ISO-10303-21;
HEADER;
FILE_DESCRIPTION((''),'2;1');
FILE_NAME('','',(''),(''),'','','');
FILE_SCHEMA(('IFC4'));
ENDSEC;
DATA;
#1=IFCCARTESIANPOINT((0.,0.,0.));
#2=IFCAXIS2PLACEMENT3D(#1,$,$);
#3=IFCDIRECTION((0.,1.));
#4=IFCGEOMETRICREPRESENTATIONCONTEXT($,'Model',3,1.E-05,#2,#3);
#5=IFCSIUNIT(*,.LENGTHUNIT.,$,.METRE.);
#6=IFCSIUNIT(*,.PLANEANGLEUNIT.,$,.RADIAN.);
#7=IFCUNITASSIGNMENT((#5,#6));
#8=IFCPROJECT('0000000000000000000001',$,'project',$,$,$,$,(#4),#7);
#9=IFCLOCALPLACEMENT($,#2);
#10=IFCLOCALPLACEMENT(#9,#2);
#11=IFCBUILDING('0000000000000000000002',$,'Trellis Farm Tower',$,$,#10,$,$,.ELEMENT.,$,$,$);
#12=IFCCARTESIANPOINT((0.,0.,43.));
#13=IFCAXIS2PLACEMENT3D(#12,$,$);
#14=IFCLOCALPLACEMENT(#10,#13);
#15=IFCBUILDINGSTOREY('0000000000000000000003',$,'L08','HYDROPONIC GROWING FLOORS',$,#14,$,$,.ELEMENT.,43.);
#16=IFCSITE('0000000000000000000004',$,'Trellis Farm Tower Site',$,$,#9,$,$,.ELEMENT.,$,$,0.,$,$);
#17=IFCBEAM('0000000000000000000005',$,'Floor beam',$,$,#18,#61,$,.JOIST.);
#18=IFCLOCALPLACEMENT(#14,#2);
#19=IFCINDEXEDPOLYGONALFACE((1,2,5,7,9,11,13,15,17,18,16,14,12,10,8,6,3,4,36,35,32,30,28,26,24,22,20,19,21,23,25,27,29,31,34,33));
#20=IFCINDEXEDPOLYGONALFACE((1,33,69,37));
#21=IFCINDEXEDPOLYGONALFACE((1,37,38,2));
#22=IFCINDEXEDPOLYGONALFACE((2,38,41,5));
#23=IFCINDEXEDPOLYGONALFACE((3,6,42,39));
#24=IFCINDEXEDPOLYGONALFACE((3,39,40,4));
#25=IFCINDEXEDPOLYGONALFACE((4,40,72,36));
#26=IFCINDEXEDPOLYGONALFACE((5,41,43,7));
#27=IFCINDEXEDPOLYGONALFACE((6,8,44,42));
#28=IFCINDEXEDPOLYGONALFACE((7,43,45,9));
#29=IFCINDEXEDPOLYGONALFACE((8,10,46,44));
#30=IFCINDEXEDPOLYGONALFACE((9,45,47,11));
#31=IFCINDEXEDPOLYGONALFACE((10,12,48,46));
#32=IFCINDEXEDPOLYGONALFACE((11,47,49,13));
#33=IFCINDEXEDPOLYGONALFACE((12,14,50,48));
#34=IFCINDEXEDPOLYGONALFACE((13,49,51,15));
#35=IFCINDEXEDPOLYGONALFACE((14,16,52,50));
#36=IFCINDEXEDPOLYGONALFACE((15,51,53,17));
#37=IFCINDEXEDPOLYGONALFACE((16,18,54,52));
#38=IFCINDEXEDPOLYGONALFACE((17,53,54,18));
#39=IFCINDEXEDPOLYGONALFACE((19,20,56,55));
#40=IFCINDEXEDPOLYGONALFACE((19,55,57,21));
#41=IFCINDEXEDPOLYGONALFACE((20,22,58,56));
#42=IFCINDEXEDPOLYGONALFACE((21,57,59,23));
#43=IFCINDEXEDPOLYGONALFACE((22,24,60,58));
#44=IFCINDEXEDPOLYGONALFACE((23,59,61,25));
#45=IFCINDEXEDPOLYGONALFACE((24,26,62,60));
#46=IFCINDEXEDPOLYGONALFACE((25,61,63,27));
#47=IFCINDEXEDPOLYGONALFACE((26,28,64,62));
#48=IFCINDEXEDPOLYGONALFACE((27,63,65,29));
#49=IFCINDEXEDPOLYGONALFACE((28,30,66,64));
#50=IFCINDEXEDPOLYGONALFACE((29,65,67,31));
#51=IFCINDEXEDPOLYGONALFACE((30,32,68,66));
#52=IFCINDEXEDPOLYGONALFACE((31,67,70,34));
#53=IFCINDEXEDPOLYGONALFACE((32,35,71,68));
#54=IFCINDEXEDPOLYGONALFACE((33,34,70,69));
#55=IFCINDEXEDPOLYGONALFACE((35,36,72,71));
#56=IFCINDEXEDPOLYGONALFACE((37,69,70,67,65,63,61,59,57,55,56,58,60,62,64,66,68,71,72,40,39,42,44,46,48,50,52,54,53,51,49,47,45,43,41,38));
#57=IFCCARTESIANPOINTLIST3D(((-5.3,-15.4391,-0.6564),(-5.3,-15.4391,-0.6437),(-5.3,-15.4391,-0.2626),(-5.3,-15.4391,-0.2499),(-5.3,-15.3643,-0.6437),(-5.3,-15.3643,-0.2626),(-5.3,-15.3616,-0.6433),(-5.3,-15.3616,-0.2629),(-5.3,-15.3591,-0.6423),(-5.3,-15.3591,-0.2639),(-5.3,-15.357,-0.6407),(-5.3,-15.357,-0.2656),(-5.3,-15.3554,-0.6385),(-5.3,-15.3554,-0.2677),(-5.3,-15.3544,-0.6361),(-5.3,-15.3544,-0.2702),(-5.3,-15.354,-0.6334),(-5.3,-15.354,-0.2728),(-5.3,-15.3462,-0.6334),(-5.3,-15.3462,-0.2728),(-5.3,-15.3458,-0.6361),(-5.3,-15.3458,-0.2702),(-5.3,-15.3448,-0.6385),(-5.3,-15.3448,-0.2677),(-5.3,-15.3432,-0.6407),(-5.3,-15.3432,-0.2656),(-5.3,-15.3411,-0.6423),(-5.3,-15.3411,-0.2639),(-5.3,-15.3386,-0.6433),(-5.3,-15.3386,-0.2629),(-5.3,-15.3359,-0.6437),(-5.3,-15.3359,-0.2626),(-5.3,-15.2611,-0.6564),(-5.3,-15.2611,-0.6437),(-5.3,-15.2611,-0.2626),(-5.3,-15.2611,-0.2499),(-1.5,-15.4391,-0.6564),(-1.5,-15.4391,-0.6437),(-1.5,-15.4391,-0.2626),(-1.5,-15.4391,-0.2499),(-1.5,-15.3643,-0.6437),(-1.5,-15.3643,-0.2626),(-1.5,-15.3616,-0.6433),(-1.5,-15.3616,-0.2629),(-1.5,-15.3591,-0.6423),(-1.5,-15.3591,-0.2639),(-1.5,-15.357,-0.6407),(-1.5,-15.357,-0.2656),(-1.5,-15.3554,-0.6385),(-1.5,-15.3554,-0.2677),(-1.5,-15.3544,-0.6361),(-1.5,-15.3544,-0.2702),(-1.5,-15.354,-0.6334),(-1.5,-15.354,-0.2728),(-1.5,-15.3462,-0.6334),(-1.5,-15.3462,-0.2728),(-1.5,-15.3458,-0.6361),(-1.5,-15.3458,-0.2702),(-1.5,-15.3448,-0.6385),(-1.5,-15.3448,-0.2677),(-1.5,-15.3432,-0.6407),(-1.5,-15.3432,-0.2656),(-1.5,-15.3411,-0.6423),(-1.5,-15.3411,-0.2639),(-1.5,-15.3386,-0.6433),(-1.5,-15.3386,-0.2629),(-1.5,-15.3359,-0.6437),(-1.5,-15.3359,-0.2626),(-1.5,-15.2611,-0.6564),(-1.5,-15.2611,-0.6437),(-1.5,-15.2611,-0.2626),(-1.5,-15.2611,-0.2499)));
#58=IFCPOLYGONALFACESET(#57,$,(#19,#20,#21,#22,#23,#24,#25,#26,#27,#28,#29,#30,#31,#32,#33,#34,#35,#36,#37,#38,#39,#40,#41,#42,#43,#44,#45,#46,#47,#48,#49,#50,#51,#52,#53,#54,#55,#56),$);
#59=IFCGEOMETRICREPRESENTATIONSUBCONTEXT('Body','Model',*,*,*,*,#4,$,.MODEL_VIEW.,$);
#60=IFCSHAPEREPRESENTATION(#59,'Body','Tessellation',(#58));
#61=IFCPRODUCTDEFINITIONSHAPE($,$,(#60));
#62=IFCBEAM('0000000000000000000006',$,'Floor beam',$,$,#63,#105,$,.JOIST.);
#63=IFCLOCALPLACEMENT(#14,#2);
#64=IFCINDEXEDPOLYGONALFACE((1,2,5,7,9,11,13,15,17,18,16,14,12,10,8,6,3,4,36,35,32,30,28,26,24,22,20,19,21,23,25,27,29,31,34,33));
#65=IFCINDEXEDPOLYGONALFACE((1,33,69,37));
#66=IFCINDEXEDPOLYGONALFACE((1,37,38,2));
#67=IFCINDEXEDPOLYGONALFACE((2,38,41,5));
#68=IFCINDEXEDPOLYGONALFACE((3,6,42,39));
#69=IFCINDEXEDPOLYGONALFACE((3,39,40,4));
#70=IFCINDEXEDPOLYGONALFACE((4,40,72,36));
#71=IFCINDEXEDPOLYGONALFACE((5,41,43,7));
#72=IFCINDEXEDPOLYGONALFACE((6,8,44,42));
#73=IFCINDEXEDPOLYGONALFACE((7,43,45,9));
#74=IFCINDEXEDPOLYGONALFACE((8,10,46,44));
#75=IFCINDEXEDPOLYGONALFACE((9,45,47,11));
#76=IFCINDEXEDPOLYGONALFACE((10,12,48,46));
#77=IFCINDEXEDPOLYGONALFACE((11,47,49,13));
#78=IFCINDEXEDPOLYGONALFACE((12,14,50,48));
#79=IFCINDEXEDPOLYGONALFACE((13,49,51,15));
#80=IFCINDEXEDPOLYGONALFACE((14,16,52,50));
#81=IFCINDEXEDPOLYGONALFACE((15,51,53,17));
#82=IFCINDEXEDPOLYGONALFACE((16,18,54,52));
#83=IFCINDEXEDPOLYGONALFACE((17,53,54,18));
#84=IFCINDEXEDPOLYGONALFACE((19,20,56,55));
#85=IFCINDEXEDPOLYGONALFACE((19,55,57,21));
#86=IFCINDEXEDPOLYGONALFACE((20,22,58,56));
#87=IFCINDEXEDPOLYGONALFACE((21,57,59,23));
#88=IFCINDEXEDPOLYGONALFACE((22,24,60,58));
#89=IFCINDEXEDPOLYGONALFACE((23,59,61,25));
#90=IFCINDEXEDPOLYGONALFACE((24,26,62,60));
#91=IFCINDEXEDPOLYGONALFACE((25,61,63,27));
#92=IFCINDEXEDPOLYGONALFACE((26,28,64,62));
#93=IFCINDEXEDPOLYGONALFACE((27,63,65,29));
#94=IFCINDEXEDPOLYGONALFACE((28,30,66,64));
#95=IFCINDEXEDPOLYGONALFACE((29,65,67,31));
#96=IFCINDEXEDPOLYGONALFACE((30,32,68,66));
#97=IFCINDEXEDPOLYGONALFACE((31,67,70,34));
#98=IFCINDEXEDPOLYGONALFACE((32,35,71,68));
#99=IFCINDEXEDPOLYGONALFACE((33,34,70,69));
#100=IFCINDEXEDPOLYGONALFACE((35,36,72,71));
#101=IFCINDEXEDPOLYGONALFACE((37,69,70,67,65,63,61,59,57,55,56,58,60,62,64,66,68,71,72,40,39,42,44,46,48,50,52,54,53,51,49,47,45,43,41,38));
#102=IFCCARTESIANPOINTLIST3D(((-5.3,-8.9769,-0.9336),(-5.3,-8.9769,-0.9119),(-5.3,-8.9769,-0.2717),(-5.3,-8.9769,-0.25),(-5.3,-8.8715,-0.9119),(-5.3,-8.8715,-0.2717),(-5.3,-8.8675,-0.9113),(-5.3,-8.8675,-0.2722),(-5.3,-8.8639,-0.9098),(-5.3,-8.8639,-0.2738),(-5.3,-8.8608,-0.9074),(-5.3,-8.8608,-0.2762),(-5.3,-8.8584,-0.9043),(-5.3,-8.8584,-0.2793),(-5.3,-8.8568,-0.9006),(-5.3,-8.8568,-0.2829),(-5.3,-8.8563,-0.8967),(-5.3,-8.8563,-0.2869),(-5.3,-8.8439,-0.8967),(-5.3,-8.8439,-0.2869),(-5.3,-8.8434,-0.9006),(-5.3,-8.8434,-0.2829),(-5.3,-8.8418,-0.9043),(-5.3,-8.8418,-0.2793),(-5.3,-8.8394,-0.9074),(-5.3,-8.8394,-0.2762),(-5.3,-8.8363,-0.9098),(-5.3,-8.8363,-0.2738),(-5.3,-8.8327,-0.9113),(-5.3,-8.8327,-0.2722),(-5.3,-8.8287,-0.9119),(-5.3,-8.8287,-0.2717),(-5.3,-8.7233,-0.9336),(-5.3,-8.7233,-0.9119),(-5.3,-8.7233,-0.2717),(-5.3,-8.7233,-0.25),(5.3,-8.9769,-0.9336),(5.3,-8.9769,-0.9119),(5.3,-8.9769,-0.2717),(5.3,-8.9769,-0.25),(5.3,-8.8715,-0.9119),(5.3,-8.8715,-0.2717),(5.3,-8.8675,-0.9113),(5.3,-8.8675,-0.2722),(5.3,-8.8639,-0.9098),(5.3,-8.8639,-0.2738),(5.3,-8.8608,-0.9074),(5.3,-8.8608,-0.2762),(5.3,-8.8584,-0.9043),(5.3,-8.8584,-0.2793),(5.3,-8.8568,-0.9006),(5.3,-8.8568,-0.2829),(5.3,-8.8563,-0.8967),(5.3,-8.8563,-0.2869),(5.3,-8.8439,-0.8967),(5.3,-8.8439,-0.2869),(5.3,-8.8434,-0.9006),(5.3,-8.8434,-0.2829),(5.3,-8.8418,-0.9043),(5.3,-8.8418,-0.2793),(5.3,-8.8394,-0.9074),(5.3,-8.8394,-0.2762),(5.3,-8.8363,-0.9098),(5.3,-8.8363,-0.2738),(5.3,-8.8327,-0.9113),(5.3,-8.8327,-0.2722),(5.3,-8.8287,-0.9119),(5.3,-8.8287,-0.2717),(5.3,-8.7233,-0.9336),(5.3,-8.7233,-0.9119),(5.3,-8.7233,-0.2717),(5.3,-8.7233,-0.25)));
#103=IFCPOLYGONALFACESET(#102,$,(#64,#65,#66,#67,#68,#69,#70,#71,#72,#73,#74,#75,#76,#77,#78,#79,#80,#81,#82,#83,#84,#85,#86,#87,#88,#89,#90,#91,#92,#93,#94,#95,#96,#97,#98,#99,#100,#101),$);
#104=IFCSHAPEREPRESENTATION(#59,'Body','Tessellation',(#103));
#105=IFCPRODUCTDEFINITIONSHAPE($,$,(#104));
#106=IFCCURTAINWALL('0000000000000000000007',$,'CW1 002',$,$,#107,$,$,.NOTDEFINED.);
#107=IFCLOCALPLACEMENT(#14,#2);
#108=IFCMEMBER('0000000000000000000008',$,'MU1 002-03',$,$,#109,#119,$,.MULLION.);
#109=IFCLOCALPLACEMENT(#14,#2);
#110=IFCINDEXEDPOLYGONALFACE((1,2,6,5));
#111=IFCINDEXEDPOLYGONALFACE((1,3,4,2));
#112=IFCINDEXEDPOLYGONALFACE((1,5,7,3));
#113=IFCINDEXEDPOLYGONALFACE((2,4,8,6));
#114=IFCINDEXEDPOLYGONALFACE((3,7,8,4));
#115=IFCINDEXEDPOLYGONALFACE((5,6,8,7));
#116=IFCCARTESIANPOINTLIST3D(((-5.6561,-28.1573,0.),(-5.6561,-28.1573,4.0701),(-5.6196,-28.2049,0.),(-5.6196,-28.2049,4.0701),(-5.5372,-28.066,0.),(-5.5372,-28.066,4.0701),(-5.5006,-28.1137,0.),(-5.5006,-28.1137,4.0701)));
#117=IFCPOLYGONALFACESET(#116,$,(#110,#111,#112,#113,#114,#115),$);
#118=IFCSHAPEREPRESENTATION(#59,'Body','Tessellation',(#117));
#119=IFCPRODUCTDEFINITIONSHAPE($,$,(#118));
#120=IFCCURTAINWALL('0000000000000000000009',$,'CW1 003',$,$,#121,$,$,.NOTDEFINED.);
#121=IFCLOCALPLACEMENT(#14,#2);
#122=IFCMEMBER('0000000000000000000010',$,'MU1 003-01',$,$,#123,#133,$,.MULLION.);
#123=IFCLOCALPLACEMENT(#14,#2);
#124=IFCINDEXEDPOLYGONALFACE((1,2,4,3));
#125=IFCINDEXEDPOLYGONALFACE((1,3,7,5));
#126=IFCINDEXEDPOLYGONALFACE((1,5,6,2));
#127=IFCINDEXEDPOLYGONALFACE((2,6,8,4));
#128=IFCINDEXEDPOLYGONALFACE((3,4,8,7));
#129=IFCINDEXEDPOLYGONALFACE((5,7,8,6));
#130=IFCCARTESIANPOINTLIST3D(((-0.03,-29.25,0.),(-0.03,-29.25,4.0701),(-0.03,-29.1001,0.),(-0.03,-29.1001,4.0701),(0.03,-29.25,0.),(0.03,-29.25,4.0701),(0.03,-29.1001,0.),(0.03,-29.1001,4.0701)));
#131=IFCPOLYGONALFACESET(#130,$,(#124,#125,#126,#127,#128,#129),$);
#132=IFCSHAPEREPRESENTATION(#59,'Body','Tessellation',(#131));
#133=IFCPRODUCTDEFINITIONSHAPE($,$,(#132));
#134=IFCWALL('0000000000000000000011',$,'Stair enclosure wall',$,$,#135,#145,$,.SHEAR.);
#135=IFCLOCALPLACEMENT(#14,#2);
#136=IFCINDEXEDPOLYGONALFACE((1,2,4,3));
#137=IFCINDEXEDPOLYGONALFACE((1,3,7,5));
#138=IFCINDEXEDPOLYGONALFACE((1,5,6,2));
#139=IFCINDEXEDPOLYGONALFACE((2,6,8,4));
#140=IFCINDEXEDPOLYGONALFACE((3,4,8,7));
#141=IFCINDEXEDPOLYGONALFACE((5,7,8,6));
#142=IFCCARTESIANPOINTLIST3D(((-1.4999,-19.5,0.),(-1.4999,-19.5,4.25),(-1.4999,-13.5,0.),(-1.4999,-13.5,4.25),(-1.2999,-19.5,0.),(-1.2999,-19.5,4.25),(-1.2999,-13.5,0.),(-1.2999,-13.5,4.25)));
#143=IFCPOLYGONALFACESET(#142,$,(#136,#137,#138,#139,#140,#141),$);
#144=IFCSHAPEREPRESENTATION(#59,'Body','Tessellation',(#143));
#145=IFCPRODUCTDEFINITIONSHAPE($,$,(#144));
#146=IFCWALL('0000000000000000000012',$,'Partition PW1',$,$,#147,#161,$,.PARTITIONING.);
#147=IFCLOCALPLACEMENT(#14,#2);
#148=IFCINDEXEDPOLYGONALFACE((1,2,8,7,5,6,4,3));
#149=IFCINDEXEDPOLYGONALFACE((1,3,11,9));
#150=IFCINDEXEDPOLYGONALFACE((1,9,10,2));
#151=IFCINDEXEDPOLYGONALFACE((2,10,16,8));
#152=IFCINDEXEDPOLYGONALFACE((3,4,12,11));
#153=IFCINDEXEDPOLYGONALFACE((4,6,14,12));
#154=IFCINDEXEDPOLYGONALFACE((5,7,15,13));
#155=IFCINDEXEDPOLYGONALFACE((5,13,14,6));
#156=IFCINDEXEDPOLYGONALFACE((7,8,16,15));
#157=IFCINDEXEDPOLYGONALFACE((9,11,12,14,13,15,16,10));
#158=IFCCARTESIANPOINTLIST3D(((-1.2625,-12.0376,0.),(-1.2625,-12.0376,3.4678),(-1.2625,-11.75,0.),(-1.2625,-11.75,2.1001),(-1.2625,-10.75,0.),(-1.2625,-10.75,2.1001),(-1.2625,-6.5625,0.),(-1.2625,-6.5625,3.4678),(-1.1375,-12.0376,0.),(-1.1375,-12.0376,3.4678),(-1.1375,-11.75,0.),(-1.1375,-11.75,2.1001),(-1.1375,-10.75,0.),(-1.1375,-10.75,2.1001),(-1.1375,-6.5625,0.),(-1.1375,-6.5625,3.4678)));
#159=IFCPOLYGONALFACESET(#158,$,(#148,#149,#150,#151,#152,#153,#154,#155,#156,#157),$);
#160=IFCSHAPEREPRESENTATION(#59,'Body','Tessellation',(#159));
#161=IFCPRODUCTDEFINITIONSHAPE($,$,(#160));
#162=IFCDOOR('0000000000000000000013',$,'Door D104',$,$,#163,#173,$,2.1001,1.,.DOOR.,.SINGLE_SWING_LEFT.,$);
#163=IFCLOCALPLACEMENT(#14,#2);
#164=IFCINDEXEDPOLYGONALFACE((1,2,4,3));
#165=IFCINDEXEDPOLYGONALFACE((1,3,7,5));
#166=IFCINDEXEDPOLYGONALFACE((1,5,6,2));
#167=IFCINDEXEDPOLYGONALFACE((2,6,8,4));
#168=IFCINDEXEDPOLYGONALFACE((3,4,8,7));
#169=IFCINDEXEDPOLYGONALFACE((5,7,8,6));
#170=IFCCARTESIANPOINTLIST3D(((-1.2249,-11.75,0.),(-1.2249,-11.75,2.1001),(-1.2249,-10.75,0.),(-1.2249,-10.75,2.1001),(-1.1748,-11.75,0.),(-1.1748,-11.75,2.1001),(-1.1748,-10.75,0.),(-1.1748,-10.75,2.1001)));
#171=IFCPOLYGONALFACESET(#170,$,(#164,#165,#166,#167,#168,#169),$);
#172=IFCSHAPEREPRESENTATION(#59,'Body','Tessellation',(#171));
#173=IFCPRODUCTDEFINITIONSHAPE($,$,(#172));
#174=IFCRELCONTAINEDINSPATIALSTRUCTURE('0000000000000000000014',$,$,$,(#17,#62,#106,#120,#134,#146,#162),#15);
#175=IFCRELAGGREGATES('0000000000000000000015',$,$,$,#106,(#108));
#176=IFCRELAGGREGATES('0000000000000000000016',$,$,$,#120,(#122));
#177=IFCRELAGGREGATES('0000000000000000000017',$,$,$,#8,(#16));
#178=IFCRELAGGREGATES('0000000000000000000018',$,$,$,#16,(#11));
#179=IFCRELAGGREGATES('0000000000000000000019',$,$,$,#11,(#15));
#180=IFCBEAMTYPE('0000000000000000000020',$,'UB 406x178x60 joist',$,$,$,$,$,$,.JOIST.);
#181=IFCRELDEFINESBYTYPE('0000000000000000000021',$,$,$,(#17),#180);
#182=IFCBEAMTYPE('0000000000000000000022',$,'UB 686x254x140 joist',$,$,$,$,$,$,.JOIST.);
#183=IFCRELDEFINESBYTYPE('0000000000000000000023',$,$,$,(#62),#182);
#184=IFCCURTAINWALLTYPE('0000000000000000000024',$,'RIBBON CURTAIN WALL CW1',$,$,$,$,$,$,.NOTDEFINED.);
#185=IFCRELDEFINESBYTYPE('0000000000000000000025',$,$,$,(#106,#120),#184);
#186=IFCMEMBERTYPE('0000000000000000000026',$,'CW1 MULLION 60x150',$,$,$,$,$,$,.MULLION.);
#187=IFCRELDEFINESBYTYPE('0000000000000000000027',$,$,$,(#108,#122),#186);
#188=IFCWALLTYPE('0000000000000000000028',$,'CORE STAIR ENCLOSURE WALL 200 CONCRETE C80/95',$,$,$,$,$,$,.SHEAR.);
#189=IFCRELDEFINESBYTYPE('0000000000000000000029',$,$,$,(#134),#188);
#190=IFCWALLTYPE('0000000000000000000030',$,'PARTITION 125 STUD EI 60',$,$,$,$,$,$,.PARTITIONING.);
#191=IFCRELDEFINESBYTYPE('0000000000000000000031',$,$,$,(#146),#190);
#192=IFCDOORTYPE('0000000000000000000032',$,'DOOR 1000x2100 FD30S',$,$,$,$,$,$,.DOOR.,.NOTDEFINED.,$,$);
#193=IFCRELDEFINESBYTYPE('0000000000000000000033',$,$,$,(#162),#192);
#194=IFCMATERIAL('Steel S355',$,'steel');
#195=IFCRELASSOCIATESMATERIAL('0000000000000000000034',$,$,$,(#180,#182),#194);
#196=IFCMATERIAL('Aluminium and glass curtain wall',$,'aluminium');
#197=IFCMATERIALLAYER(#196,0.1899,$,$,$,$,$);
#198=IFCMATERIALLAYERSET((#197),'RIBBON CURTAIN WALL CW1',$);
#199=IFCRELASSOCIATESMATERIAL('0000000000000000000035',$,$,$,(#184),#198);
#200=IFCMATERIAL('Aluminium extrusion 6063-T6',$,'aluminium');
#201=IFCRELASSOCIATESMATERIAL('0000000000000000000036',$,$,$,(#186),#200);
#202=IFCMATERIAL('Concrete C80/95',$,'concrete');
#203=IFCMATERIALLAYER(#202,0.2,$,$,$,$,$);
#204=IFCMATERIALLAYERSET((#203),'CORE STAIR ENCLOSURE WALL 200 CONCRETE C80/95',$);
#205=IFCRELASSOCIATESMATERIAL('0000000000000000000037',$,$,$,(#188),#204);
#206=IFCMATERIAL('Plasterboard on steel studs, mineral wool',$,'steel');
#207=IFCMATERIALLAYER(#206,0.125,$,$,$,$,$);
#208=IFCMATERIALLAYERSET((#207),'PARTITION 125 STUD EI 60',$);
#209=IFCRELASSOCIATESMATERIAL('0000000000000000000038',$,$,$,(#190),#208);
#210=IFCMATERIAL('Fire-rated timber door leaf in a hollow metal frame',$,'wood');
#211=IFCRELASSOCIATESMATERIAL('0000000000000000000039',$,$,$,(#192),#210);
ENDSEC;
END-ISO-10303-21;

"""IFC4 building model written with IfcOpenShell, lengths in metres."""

from ifc_helpers import new_model, si_unit, direction, frame, frame_2d, origin, origin_2d, place, context, subcontext, project, spatial, rectangle, i_section, extrude, source, transform, mapped, material, layer, layer_set, material_profile, profile_set, type_object, element, fill, aggregate, save


model = new_model("IFC4")

# Units and contexts
model_context = context("Model", 3, precision=1e-05, world=origin(), true_north=direction((0.0, 1.0)))
body_context = subcontext(model_context, "Body", "Model", "MODEL_VIEW")
ifc_project = project(units=[si_unit("LENGTHUNIT", "METRE"), si_unit("PLANEANGLEUNIT", "RADIAN")], contexts=[model_context])

# Site, building, storey
site_placement = place(None, origin())
site = spatial("IfcSite", under=ifc_project, at=site_placement, Name="Trellis Farm Tower Site", CompositionType="ELEMENT", RefElevation=0.0)
building_placement = place(site_placement, origin())
building = spatial("IfcBuilding", under=site, at=building_placement, Name="Trellis Farm Tower", CompositionType="ELEMENT")
storey_placement = place(building_placement, frame((0.0, 0.0, 43.0)))
storey = spatial("IfcBuildingStorey", under=building, at=storey_placement, Name="L08", Description="HYDROPONIC GROWING FLOORS", CompositionType="ELEMENT", Elevation=43.0)

# Shared definitions
ifc_material_1 = material(Name="Concrete C80/95", Category="concrete")

# Beams
ifc_material_2 = material(Name="Steel S355", Category="steel")
ifc_material_profile_1 = material_profile(ifc_material_2, i_section(OverallWidth=0.178, OverallDepth=0.4065, WebThickness=0.0078, FlangeThickness=0.0127, FilletRadius=0.0103, at=origin_2d()), Name="UB 406x178x60")
ifc_profile_set_1 = profile_set([ifc_material_profile_1], Name="Steel S355")
beam_type_1 = type_object("IfcBeamType", Name="UB 406x178x60 joist", PredefinedType="JOIST", material=ifc_profile_set_1)
shared_shape_1 = source(origin(), body_context, "Body", "SweptSolid", [
    extrude(i_section(OverallWidth=0.178, OverallDepth=0.4065, WebThickness=0.0078, FlangeThickness=0.0127, FilletRadius=0.0103, at=origin_2d()), origin(), (0.0, 0.0, 1.0), 3.8),
])
beam_1_placement = place(storey_placement, frame((-5.3, -15.3501, -0.4531), z_axis=(1.0, 0.0, 0.0), x_axis=(0.0, 1.0, 0.0)))
element("IfcBeam", 1, at=beam_1_placement, inside=storey, type_object=beam_type_1, Name="Floor beam", PredefinedType="JOIST", context=body_context, shape_type="MappedRepresentation", body=[
    mapped(shared_shape_1, transform((0.0, 0.0, 0.0))),
])
ifc_material_profile_2 = material_profile(ifc_material_2, i_section(OverallWidth=0.2537, OverallDepth=0.6836, WebThickness=0.0125, FlangeThickness=0.0217, FilletRadius=0.0151, at=origin_2d()), Name="UB 686x254x140")
ifc_profile_set_2 = profile_set([ifc_material_profile_2], Name="Steel S355")
beam_type_2 = type_object("IfcBeamType", Name="UB 686x254x140 joist", PredefinedType="JOIST", material=ifc_profile_set_2)
shared_shape_2 = source(origin(), body_context, "Body", "SweptSolid", [
    extrude(i_section(OverallWidth=0.2537, OverallDepth=0.6836, WebThickness=0.0125, FlangeThickness=0.0217, FilletRadius=0.0151, at=origin_2d()), origin(), (0.0, 0.0, 1.0), 10.6001),
])
beam_2_placement = place(storey_placement, frame((-5.3, -8.8501, -0.5918), z_axis=(1.0, 0.0, 0.0), x_axis=(0.0, 1.0, 0.0)))
element("IfcBeam", 2, at=beam_2_placement, inside=storey, type_object=beam_type_2, Name="Floor beam", PredefinedType="JOIST", context=body_context, shape_type="MappedRepresentation", body=[
    mapped(shared_shape_2, transform((0.0, 0.0, 0.0))),
])

# Curtain walls, members
ifc_material_3 = material(Name="Aluminium and glass curtain wall", Category="aluminium")
ifc_layer_1 = layer(ifc_material_3, 0.1899)
ifc_layer_set_1 = layer_set([ifc_layer_1], Name="RIBBON CURTAIN WALL CW1")
curtain_wall_type = type_object("IfcCurtainWallType", Name="RIBBON CURTAIN WALL CW1", PredefinedType="NOTDEFINED", material=ifc_layer_set_1)
placement = place(storey_placement, origin())
curtain_wall_1 = element("IfcCurtainWall", 3, at=placement, inside=storey, type_object=curtain_wall_type, Name="CW1 002", PredefinedType="NOTDEFINED")
ifc_material_4 = material(Name="Aluminium extrusion 6063-T6", Category="aluminium")
ifc_material_profile_3 = material_profile(ifc_material_4, rectangle(XDim=0.0601, YDim=0.1499, at=origin_2d()), Name="MULLION 60x150")
ifc_profile_set_3 = profile_set([ifc_material_profile_3], Name="Aluminium extrusion 6063-T6")
member_type = type_object("IfcMemberType", Name="CW1 MULLION 60x150", PredefinedType="MULLION", material=ifc_profile_set_3)
shared_shape_3 = source(origin(), body_context, "Body", "SweptSolid", [
    extrude(rectangle(XDim=0.0601, YDim=0.1499, at=origin_2d()), origin(), (0.0, 0.0, 1.0), 4.0701),
])
member_1_placement = place(storey_placement, frame((-5.5784, -28.1355, 0.0), z_axis=(0.0, 0.0, 1.0), x_axis=(0.608761, -0.793353, 0.0)))
member_1 = element("IfcMember", 4, at=member_1_placement, type_object=member_type, Name="MU1 002-03", PredefinedType="MULLION", context=body_context, shape_type="MappedRepresentation", body=[
    mapped(shared_shape_3, transform((0.0, 0.0, 0.0))),
])
aggregate(curtain_wall_1, [member_1])
curtain_wall_2 = element("IfcCurtainWall", 5, at=placement, inside=storey, type_object=curtain_wall_type, Name="CW1 003", PredefinedType="NOTDEFINED")
member_2_placement = place(storey_placement, frame((0.0, -29.175, 0.0), z_axis=(0.0, 0.0, 1.0), x_axis=(1.0, 0.0, 0.0)))
member_2 = element("IfcMember", 6, at=member_2_placement, type_object=member_type, Name="MU1 003-01", PredefinedType="MULLION", context=body_context, shape_type="MappedRepresentation", body=[
    mapped(shared_shape_3, transform((0.0, 0.0, 0.0))),
])
aggregate(curtain_wall_2, [member_2])

# Wall
ifc_layer_2 = layer(ifc_material_1, 0.2)
ifc_layer_set_2 = layer_set([ifc_layer_2], Name="CORE STAIR ENCLOSURE WALL 200 CONCRETE C80/95")
wall_type_1 = type_object("IfcWallType", Name="CORE STAIR ENCLOSURE WALL 200 CONCRETE C80/95", PredefinedType="SHEAR", material=ifc_layer_set_2)
shared_shape_4 = source(origin(), body_context, "Body", "SweptSolid", [
    extrude(rectangle(XDim=6.0, YDim=0.2, at=frame_2d((3.0, 0.0))), origin(), (0.0, 0.0, 1.0), 4.25),
])
wall_1_placement = place(storey_placement, frame((-1.3999, -13.5, 0.0), z_axis=(0.0, 0.0, 1.0), x_axis=(0.0, -1.0, 0.0)))
element("IfcWall", 7, at=wall_1_placement, inside=storey, type_object=wall_type_1, Name="Stair enclosure wall", PredefinedType="SHEAR", context=body_context, shape_type="MappedRepresentation", body=[
    mapped(shared_shape_4, transform((0.0, 0.0, 0.0))),
])

# Wall, opening, door
ifc_material_5 = material(Name="Plasterboard on steel studs, mineral wool", Category="steel")
ifc_layer_3 = layer(ifc_material_5, 0.125)
ifc_layer_set_3 = layer_set([ifc_layer_3], Name="PARTITION 125 STUD EI 60")
wall_type_2 = type_object("IfcWallType", Name="PARTITION 125 STUD EI 60", PredefinedType="PARTITIONING", material=ifc_layer_set_3)
shared_shape_5 = source(origin(), body_context, "Body", "SweptSolid", [
    extrude(rectangle(XDim=5.4751, YDim=0.125, at=frame_2d((2.7375, 0.0))), origin(), (0.0, 0.0, 1.0), 3.4678),
])
wall_2_placement = place(storey_placement, frame((-1.2, -12.0376, 0.0), z_axis=(0.0, 0.0, 1.0), x_axis=(0.0, 1.0, 0.0)))
wall_2 = element("IfcWall", 8, at=wall_2_placement, inside=storey, type_object=wall_type_2, Name="Partition PW1", PredefinedType="PARTITIONING", context=body_context, shape_type="MappedRepresentation", body=[
    mapped(shared_shape_5, transform((0.0, 0.0, 0.0))),
])
shared_shape_6 = source(origin(), body_context, "Body", "SweptSolid", [
    extrude(rectangle(XDim=1.0, YDim=2.1001, at=frame_2d((0.5, 1.05))), frame((0.0, 0.0725, 0.0), z_axis=(0.0, -1.0, 0.0), x_axis=(1.0, 0.0, 0.0)), (0.0, 0.0, 1.0), 0.145),
])
opening_1_placement = place(wall_2_placement, frame((0.2876, 0.0, 0.0)))
opening_1 = element("IfcOpeningElement", 9, at=opening_1_placement, cuts=wall_2, PredefinedType="OPENING", context=body_context, shape_type="MappedRepresentation", body=[
    mapped(shared_shape_6, transform((0.0, 0.0, 0.0))),
])
ifc_material_6 = material(Name="Fire-rated timber door leaf in a hollow metal frame", Category="wood")
door_type = type_object("IfcDoorType", Name="DOOR 1000x2100 FD30S", OperationType="NOTDEFINED", PredefinedType="DOOR", material=ifc_material_6)
shared_shape_7 = source(origin(), body_context, "Body", "SweptSolid", [
    extrude(rectangle(XDim=1.0, YDim=2.1001, at=frame_2d((0.5, 1.05))), frame((0.0, 0.0249, 0.0), z_axis=(0.0, -1.0, 0.0), x_axis=(1.0, 0.0, 0.0)), (0.0, 0.0, 1.0), 0.05),
])
door_1_placement = place(opening_1_placement, origin())
door_1 = element("IfcDoor", 10, at=door_1_placement, inside=storey, type_object=door_type, Name="Door D104", OperationType="SINGLE_SWING_LEFT", OverallHeight=2.1001, OverallWidth=1.0, PredefinedType="DOOR", context=body_context, shape_type="MappedRepresentation", body=[
    mapped(shared_shape_7, transform((0.0, 0.0, 0.0))),
])
fill(opening_1, door_1)

save(model, "model.ifc")
